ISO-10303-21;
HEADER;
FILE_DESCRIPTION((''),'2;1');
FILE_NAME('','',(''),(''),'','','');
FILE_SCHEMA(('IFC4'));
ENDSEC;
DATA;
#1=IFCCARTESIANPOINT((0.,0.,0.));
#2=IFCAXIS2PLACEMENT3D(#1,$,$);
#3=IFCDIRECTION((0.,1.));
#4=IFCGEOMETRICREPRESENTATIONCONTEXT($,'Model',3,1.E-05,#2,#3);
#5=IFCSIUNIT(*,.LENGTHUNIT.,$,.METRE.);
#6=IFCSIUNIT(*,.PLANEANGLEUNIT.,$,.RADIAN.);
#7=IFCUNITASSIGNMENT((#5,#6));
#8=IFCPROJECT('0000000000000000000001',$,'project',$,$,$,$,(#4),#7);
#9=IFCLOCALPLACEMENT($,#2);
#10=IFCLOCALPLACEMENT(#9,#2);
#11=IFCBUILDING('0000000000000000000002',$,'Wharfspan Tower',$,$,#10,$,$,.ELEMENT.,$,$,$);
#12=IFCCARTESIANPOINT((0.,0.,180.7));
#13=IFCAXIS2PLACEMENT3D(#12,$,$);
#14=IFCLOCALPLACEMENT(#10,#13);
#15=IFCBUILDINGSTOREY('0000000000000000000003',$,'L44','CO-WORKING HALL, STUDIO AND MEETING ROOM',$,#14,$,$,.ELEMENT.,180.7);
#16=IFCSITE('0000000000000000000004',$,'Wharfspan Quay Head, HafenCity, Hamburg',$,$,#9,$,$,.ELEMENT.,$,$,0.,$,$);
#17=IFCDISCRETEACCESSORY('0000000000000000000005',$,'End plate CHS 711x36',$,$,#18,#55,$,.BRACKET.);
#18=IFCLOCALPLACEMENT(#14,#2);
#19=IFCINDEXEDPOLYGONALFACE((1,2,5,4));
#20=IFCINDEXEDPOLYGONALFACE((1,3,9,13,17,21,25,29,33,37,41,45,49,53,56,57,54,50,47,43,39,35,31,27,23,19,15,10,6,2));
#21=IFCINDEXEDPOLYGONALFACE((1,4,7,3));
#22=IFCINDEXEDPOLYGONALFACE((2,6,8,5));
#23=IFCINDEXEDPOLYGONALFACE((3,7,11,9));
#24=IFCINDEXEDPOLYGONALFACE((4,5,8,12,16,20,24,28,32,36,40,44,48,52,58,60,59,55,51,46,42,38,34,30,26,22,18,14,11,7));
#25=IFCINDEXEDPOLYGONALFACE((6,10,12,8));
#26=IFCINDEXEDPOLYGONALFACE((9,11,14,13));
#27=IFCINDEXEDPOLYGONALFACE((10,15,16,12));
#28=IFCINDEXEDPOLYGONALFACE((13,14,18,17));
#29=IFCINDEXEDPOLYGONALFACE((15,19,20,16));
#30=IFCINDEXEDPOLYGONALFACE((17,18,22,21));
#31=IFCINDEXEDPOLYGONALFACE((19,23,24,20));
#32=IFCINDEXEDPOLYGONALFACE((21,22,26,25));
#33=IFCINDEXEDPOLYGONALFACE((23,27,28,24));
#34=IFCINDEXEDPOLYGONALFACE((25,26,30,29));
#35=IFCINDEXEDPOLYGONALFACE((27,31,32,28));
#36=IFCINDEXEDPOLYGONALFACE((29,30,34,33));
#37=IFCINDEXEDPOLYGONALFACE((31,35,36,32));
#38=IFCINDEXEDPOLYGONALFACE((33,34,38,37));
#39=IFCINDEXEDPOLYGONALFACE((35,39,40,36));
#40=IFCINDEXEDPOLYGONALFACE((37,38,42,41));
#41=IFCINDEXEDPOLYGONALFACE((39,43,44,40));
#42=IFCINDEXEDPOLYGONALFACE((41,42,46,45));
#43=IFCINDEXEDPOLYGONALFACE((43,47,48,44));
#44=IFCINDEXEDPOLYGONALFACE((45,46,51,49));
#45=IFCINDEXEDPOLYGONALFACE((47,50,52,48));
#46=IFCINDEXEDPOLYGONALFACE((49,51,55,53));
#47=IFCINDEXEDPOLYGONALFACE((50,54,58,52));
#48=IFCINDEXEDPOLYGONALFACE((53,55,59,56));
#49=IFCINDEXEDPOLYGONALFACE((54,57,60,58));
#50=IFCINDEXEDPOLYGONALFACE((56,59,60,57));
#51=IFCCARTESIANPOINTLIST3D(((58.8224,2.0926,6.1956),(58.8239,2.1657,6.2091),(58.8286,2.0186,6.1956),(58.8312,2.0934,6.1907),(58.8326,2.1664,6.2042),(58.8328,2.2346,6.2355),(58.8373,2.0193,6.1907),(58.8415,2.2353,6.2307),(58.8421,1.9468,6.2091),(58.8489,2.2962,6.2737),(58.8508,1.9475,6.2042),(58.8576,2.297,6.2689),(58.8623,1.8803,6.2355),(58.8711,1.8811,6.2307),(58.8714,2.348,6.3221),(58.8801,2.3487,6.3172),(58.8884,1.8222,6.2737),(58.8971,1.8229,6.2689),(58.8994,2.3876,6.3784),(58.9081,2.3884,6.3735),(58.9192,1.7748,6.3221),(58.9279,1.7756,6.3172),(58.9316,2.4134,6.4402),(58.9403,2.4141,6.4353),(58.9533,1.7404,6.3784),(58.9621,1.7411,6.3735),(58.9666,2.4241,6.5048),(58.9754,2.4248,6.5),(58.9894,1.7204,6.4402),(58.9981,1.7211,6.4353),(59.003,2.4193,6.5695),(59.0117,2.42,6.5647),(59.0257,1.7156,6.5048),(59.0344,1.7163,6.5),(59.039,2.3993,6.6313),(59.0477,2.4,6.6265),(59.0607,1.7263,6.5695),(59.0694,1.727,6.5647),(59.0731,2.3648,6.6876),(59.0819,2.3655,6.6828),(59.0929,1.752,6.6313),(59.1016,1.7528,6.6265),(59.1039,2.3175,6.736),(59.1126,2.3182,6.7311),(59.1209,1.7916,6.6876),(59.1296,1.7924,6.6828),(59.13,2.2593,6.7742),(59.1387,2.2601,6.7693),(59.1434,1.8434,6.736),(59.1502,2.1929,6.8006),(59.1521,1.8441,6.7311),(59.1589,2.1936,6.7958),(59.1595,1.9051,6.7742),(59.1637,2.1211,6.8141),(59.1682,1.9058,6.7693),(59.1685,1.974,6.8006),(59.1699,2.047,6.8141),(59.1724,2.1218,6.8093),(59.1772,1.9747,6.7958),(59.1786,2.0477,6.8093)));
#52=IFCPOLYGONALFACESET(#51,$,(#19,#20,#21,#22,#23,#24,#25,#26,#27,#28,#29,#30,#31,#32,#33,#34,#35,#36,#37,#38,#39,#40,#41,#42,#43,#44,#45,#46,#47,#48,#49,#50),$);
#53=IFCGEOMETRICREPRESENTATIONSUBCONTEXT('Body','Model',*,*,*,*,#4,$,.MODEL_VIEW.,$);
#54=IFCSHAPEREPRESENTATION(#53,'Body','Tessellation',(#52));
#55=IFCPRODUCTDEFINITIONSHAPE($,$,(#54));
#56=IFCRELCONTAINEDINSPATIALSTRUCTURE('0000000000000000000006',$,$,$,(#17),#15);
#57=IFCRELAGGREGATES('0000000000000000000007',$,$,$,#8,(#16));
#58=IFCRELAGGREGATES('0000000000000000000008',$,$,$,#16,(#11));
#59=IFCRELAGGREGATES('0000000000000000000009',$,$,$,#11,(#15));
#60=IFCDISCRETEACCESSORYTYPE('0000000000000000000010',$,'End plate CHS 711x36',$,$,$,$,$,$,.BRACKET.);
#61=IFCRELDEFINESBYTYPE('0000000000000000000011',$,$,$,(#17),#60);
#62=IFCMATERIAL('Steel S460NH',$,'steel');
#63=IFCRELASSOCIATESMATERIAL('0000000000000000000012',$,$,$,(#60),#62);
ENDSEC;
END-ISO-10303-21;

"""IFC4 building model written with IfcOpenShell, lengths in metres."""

from ifc_helpers import new_model, si_unit, direction, frame, origin, origin_2d, place, context, subcontext, project, spatial, circle, extrude, material, material_profile, profile_set, type_object, element, save


model = new_model("IFC4")

# Units and contexts
model_context = context("Model", 3, precision=1e-05, world=origin(), true_north=direction((0.0, 1.0)))
body_context = subcontext(model_context, "Body", "Model", "MODEL_VIEW")
ifc_project = project(units=[si_unit("LENGTHUNIT", "METRE"), si_unit("PLANEANGLEUNIT", "RADIAN")], contexts=[model_context])

# Site, building, storey
site_placement = place(None, origin())
site = spatial("IfcSite", under=ifc_project, at=site_placement, Name="Wharfspan Quay Head, HafenCity, Hamburg", CompositionType="ELEMENT", RefElevation=0.0)
building_placement = place(site_placement, origin())
building = spatial("IfcBuilding", under=site, at=building_placement, Name="Wharfspan Tower", CompositionType="ELEMENT")
storey_placement = place(building_placement, frame((0.0, 0.0, 180.7)))
storey = spatial("IfcBuildingStorey", under=building, at=storey_placement, Name="L44", Description="CO-WORKING HALL, STUDIO AND MEETING ROOM", CompositionType="ELEMENT", Elevation=180.7)

# Shared definitions
ifc_material_1 = material(Name="Steel S460NH", Category="steel")

# Discrete accessory
ifc_material_profile_1 = material_profile(ifc_material_1, circle(Radius=0.3555, at=origin_2d()))
ifc_profile_set_1 = profile_set([ifc_material_profile_1], Name="Steel S460NH")
discrete_accessory_type = type_object("IfcDiscreteAccessoryType", Name="End plate CHS 711x36", PredefinedType="BRACKET", material=ifc_profile_set_1)
for number, where, z_axis, x_axis, name in (
    (1, (59.0049, 2.0706, 6.5), (-0.871847, -0.072654, 0.484359), (0.083044, -0.996547, -0.000003), "End plate CHS 711x36"),
):
    element("IfcDiscreteAccessory", number, at=place(storey_placement, frame(where, z_axis=z_axis, x_axis=x_axis)), inside=storey, type_object=discrete_accessory_type, Name=name, PredefinedType="BRACKET", context=body_context, shape_type="SweptSolid", body=[
        extrude(circle(Radius=0.3555, at=origin_2d()), origin(), (0.0, 0.0, 1.0), 0.01),
    ])

save(model, "model.ifc")
